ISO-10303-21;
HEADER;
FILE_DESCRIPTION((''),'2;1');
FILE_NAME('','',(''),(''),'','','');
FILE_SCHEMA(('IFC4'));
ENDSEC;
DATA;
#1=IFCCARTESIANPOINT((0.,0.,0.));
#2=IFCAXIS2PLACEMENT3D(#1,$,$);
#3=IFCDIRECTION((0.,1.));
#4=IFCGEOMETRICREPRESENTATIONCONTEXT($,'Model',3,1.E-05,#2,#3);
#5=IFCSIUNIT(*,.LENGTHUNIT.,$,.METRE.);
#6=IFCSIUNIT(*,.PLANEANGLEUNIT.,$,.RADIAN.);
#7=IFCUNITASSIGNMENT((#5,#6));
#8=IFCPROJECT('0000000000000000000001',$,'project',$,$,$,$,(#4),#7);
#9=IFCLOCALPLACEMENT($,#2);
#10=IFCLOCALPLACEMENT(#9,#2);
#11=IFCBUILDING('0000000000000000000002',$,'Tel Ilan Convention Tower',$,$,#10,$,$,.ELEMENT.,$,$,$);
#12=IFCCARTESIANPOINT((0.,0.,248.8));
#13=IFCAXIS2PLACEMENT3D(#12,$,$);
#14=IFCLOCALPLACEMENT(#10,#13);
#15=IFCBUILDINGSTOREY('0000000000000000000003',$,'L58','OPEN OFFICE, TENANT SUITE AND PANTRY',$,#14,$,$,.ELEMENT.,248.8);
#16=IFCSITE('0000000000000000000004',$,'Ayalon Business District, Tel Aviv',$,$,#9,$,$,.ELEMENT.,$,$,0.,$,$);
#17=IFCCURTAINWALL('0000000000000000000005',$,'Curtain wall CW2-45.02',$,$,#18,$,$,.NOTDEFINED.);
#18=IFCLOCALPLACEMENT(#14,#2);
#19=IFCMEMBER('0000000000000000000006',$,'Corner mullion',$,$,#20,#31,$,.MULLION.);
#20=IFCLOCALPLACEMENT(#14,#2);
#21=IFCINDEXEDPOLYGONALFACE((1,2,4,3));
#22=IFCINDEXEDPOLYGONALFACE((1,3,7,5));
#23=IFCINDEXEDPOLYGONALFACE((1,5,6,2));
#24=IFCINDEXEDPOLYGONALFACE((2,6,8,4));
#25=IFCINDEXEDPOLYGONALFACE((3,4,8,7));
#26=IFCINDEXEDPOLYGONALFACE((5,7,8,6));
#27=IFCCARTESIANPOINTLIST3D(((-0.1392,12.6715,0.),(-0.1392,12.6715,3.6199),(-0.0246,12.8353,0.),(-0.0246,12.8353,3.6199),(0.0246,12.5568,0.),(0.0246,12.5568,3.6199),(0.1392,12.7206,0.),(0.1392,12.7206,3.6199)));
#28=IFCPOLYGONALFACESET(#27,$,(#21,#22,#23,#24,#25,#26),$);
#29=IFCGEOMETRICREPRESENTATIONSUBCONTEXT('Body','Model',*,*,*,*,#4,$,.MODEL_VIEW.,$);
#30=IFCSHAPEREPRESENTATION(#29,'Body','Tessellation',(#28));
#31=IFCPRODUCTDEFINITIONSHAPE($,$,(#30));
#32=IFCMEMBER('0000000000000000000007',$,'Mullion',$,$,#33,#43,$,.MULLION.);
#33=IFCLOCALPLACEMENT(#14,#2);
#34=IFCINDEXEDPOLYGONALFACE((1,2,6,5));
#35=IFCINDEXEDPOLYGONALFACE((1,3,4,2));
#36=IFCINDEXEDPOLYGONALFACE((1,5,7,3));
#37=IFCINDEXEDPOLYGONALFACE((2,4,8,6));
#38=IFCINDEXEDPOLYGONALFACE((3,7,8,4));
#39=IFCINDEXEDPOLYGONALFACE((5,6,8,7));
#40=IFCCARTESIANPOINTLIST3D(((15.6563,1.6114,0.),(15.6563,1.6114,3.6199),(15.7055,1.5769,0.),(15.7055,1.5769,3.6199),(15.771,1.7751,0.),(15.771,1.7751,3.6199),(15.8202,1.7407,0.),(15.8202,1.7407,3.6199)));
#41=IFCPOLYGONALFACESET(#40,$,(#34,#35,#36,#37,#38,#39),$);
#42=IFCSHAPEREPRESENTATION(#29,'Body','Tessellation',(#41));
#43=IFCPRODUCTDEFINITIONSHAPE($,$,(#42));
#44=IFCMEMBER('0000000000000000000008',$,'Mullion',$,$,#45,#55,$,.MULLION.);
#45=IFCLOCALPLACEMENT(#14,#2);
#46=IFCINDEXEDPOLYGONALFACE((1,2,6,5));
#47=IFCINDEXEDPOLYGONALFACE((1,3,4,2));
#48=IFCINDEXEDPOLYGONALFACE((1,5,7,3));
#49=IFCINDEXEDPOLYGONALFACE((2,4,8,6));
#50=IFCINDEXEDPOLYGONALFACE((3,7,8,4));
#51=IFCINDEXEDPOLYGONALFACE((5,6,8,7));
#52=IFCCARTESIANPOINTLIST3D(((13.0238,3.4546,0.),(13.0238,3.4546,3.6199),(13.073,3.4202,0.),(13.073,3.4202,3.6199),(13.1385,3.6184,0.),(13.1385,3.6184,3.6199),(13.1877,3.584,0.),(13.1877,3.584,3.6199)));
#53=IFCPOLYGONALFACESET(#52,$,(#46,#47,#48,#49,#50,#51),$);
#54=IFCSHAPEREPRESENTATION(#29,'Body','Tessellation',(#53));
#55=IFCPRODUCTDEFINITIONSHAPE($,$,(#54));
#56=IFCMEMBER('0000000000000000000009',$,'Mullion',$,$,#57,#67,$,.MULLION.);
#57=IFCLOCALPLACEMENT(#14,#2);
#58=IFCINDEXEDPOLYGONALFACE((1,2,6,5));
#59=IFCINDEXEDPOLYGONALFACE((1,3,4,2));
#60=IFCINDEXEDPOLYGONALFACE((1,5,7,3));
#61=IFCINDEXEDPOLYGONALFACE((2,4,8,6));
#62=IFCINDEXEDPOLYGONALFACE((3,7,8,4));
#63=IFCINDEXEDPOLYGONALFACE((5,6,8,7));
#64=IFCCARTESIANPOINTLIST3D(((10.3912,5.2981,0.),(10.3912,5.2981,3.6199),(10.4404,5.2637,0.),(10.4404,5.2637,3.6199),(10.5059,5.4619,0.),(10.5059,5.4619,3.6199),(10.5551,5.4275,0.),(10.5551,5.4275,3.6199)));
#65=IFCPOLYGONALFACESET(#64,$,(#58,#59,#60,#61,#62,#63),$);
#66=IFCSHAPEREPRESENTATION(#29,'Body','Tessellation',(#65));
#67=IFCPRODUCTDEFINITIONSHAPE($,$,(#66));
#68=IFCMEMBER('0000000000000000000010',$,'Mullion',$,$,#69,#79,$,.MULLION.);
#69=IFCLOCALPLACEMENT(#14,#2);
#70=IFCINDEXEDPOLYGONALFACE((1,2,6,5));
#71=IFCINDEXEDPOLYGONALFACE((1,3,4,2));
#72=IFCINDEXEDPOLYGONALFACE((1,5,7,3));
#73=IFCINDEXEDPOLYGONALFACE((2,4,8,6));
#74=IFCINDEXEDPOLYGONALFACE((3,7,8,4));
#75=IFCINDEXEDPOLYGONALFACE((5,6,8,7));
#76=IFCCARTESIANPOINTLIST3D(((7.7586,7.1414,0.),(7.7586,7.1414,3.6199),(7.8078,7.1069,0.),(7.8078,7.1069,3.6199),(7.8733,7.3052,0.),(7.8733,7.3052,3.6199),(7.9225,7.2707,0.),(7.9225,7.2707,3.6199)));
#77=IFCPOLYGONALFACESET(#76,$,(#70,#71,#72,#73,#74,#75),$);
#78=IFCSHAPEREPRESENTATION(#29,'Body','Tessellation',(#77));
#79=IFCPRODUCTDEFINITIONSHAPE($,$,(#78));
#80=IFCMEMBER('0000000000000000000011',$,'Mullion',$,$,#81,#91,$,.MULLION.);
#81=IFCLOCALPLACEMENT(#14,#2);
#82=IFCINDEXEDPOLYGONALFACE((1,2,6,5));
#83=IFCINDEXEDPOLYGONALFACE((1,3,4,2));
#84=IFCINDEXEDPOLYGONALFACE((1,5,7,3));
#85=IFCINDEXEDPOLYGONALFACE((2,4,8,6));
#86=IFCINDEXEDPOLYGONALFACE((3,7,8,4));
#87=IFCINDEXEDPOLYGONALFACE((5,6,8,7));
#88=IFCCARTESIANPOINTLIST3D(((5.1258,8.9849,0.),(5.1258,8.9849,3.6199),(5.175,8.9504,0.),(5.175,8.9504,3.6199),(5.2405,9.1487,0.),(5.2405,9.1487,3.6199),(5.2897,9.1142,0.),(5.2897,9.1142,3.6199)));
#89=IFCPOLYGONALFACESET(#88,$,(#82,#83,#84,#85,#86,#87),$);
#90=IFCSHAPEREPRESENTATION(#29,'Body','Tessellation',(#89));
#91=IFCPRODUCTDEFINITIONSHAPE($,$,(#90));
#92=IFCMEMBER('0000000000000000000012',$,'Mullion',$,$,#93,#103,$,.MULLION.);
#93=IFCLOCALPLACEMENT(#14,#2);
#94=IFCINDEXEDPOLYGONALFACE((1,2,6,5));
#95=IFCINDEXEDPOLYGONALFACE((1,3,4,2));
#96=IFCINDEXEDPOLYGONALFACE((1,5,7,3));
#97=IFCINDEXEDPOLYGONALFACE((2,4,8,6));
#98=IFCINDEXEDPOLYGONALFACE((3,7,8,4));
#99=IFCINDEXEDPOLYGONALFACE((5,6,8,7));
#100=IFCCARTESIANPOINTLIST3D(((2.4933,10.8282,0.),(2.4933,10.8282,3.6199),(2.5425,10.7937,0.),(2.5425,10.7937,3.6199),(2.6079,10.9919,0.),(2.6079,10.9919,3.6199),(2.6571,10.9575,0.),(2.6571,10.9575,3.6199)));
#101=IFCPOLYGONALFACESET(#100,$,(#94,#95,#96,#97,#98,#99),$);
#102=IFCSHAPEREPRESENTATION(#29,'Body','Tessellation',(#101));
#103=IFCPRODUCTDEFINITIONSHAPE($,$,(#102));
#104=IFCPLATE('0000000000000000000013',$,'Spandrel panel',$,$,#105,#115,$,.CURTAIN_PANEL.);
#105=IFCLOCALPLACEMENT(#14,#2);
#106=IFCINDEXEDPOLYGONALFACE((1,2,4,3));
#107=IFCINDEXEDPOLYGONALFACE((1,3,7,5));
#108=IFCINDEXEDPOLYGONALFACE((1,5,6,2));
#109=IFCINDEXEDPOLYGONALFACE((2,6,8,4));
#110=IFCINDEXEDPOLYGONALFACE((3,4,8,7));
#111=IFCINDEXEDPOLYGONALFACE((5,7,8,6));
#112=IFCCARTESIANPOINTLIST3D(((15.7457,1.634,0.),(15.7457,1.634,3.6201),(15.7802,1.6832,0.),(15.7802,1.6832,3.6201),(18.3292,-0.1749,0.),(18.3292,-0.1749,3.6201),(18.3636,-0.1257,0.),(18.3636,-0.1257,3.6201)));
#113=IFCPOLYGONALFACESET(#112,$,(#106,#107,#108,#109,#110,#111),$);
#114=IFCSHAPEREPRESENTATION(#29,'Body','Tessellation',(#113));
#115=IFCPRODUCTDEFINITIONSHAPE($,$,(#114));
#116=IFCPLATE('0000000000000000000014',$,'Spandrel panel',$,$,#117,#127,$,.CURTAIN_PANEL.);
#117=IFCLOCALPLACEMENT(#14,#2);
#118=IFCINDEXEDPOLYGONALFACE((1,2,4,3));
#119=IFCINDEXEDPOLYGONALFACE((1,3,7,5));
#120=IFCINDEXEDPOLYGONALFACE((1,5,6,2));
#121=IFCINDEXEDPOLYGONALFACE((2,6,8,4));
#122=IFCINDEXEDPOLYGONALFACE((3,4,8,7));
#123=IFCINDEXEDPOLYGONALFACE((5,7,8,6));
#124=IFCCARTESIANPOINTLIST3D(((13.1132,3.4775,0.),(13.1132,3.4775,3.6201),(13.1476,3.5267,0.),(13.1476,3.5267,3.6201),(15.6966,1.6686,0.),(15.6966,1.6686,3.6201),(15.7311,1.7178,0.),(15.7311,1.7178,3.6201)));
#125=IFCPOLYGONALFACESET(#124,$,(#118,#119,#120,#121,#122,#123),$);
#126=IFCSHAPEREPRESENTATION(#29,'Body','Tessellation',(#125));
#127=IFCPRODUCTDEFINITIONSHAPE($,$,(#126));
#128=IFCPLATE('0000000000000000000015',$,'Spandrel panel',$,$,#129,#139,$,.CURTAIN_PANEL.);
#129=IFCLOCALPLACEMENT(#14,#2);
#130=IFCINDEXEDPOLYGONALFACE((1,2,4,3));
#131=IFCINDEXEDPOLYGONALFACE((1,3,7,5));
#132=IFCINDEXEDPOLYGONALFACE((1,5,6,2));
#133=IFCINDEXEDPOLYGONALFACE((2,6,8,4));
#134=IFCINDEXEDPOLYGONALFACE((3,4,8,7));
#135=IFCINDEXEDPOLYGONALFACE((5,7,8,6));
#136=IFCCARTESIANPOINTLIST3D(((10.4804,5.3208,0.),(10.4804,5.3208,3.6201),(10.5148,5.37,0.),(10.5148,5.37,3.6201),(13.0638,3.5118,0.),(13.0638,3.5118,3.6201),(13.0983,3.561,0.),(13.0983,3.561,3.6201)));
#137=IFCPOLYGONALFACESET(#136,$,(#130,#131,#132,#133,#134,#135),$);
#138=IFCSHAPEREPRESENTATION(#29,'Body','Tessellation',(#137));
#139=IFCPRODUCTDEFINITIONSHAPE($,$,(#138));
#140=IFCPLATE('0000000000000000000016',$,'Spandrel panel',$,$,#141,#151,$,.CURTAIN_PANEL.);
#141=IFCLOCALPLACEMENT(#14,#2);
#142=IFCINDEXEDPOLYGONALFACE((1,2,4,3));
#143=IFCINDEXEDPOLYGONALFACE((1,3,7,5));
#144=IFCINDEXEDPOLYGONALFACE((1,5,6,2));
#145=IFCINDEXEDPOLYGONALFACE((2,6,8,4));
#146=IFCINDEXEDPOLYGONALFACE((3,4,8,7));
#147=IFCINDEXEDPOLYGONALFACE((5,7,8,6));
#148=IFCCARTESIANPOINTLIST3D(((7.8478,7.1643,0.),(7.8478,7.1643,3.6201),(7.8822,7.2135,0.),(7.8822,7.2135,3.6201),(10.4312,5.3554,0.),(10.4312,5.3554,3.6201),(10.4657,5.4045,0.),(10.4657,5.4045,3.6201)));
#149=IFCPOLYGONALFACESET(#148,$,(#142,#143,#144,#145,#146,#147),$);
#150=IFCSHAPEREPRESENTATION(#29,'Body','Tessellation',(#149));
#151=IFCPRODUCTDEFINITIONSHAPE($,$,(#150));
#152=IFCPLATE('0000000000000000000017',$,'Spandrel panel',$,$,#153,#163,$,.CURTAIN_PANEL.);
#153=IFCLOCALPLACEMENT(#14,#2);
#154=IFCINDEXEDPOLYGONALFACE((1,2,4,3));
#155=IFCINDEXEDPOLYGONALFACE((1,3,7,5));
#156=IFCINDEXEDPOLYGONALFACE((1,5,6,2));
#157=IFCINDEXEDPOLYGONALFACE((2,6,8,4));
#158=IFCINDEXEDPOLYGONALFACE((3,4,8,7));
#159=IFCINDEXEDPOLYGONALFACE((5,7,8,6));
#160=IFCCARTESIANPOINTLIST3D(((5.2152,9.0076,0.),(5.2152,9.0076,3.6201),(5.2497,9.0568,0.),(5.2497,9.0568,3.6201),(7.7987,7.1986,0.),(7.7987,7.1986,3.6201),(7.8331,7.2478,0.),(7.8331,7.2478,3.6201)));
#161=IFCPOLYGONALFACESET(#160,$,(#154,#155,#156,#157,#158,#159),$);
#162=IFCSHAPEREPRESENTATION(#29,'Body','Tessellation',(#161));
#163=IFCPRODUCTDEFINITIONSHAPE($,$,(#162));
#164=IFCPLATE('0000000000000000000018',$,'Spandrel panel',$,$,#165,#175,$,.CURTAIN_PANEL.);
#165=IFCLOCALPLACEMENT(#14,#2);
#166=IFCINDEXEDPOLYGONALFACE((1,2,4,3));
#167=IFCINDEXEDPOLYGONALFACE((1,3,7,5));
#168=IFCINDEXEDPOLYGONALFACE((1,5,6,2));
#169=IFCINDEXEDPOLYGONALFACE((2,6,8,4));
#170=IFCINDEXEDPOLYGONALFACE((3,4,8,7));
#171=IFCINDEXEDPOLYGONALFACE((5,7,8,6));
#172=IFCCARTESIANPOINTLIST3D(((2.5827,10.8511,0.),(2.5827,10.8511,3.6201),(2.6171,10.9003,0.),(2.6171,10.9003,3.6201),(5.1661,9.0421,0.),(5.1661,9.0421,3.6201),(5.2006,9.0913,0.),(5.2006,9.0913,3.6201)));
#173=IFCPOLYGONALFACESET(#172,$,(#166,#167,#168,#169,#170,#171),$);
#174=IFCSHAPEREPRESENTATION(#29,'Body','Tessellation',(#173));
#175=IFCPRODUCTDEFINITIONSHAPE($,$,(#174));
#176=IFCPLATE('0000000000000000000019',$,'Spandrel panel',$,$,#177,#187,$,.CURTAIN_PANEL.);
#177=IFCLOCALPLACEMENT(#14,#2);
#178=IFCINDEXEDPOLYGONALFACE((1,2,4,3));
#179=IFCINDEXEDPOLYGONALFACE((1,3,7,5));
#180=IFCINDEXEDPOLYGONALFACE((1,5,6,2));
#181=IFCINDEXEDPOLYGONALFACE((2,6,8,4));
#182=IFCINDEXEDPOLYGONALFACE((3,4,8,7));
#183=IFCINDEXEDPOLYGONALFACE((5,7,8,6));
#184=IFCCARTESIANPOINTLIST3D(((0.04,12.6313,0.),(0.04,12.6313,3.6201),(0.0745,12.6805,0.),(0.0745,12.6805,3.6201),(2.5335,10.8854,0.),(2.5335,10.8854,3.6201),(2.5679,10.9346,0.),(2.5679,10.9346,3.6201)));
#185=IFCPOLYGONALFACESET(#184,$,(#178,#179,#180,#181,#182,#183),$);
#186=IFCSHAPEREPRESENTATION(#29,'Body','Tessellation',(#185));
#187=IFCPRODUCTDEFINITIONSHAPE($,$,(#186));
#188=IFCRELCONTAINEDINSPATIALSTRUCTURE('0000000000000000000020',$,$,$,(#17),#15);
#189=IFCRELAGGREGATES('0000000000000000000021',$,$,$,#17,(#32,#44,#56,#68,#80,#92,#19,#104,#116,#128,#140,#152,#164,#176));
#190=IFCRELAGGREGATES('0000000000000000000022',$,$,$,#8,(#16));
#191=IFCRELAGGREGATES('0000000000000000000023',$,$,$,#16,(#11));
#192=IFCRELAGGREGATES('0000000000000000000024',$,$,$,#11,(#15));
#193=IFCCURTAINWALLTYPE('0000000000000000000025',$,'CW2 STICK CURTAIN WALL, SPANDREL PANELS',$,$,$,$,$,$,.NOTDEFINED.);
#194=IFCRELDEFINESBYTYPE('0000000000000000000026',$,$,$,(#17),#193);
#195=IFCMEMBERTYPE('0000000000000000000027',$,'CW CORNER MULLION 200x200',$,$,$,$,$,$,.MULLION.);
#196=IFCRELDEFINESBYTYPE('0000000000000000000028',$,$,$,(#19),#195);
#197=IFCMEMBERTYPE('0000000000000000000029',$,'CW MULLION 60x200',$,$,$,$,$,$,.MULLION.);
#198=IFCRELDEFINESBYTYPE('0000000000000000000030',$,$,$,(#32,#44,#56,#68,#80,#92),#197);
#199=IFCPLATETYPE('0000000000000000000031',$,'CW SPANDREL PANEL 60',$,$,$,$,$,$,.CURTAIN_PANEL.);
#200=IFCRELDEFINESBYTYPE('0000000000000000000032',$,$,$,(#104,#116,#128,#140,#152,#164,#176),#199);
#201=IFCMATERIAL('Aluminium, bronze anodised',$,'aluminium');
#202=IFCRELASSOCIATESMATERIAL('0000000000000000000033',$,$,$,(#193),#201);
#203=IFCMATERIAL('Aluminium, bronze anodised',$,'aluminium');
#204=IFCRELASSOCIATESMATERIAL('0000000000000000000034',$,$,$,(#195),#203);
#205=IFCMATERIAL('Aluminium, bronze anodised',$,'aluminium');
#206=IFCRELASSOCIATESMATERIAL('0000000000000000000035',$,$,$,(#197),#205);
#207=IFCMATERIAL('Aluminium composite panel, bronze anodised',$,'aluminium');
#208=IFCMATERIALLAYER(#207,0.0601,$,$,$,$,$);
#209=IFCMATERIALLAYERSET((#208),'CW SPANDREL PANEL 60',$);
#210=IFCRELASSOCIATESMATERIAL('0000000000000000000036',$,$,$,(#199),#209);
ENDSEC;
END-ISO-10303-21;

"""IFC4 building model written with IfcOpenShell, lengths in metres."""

from ifc_helpers import new_model, si_unit, direction, frame, origin, origin_2d, place, context, subcontext, project, spatial, rectangle, extrude, material, layer, layer_set, material_profile, profile_set, type_object, element, aggregate, save


model = new_model("IFC4")

# Units and contexts
model_context = context("Model", 3, precision=1e-05, world=origin(), true_north=direction((0.0, 1.0)))
body_context = subcontext(model_context, "Body", "Model", "MODEL_VIEW")
ifc_project = project(units=[si_unit("LENGTHUNIT", "METRE"), si_unit("PLANEANGLEUNIT", "RADIAN")], contexts=[model_context])

# Site, building, storey
site_placement = place(None, origin())
site = spatial("IfcSite", under=ifc_project, at=site_placement, Name="Ayalon Business District, Tel Aviv", CompositionType="ELEMENT", RefElevation=0.0)
building_placement = place(site_placement, origin())
building = spatial("IfcBuilding", under=site, at=building_placement, Name="Tel Ilan Convention Tower", CompositionType="ELEMENT")
storey_placement = place(building_placement, frame((0.0, 0.0, 248.8)))
storey = spatial("IfcBuildingStorey", under=building, at=storey_placement, Name="L58", Description="OPEN OFFICE, TENANT SUITE AND PANTRY", CompositionType="ELEMENT", Elevation=248.8)

# Curtain wall, members, plates
ifc_material_1 = material(Name="Aluminium, bronze anodised", Category="aluminium")
curtain_wall_type = type_object("IfcCurtainWallType", Name="CW2 STICK CURTAIN WALL, SPANDREL PANELS", PredefinedType="NOTDEFINED", material=ifc_material_1)
curtain_wall_placement = place(storey_placement, origin())
curtain_wall = element("IfcCurtainWall", 1, at=curtain_wall_placement, inside=storey, type_object=curtain_wall_type, Name="Curtain wall CW2-45.02", PredefinedType="NOTDEFINED")
ifc_material_2 = material(Name="Aluminium, bronze anodised", Category="aluminium")
ifc_material_profile_1 = material_profile(ifc_material_2, rectangle(XDim=0.2, YDim=0.2, at=origin_2d()), Name="CW CORNER MULLION 200x200")
ifc_profile_set_1 = profile_set([ifc_material_profile_1], Name="Aluminium, bronze anodised")
member_type_1 = type_object("IfcMemberType", Name="CW CORNER MULLION 200x200", PredefinedType="MULLION", material=ifc_profile_set_1)
member_1_placement = place(storey_placement, frame((0.0, 12.696, 0.0), z_axis=(0.0, 0.0, 1.0), x_axis=(-0.819152, 0.573576, 0.0)))
member_1 = element("IfcMember", 2, at=member_1_placement, type_object=member_type_1, Name="Corner mullion", PredefinedType="MULLION", context=body_context, shape_type="SweptSolid", body=[
    extrude(rectangle(XDim=0.2, YDim=0.2, at=origin_2d()), origin(), (0.0, 0.0, 1.0), 3.6199),
])
ifc_material_3 = material(Name="Aluminium, bronze anodised", Category="aluminium")
ifc_material_profile_2 = material_profile(ifc_material_3, rectangle(XDim=0.0601, YDim=0.2, at=origin_2d()), Name="CW MULLION 60x200")
ifc_profile_set_2 = profile_set([ifc_material_profile_2], Name="Aluminium, bronze anodised")
member_type_2 = type_object("IfcMemberType", Name="CW MULLION 60x200", PredefinedType="MULLION", material=ifc_profile_set_2)
member_2_placement = place(storey_placement, frame((15.7383, 1.676, 0.0), z_axis=(0.0, 0.0, 1.0), x_axis=(-0.819152, 0.573576, 0.0)))
member_2 = element("IfcMember", 3, at=member_2_placement, type_object=member_type_2, Name="Mullion", PredefinedType="MULLION", context=body_context, shape_type="SweptSolid", body=[
    extrude(rectangle(XDim=0.0601, YDim=0.2, at=origin_2d()), origin(), (0.0, 0.0, 1.0), 3.6199),
])
member_3_placement = place(storey_placement, frame((13.1057, 3.5193, 0.0), z_axis=(0.0, 0.0, 1.0), x_axis=(-0.819152, 0.573576, 0.0)))
member_3 = element("IfcMember", 4, at=member_3_placement, type_object=member_type_2, Name="Mullion", PredefinedType="MULLION", context=body_context, shape_type="SweptSolid", body=[
    extrude(rectangle(XDim=0.0601, YDim=0.2, at=origin_2d()), origin(), (0.0, 0.0, 1.0), 3.6199),
])
member_4_placement = place(storey_placement, frame((10.4731, 5.3628, 0.0), z_axis=(0.0, 0.0, 1.0), x_axis=(-0.819152, 0.573576, 0.0)))
member_4 = element("IfcMember", 5, at=member_4_placement, type_object=member_type_2, Name="Mullion", PredefinedType="MULLION", context=body_context, shape_type="SweptSolid", body=[
    extrude(rectangle(XDim=0.0601, YDim=0.2, at=origin_2d()), origin(), (0.0, 0.0, 1.0), 3.6199),
])
member_5_placement = place(storey_placement, frame((7.8406, 7.2061, 0.0), z_axis=(0.0, 0.0, 1.0), x_axis=(-0.819152, 0.573576, 0.0)))
member_5 = element("IfcMember", 6, at=member_5_placement, type_object=member_type_2, Name="Mullion", PredefinedType="MULLION", context=body_context, shape_type="SweptSolid", body=[
    extrude(rectangle(XDim=0.0601, YDim=0.2, at=origin_2d()), origin(), (0.0, 0.0, 1.0), 3.6199),
])
member_6_placement = place(storey_placement, frame((5.2078, 9.0496, 0.0), z_axis=(0.0, 0.0, 1.0), x_axis=(-0.819152, 0.573576, 0.0)))
member_6 = element("IfcMember", 7, at=member_6_placement, type_object=member_type_2, Name="Mullion", PredefinedType="MULLION", context=body_context, shape_type="SweptSolid", body=[
    extrude(rectangle(XDim=0.0601, YDim=0.2, at=origin_2d()), origin(), (0.0, 0.0, 1.0), 3.6199),
])
member_7_placement = place(storey_placement, frame((2.5752, 10.8928, 0.0), z_axis=(0.0, 0.0, 1.0), x_axis=(-0.819152, 0.573576, 0.0)))
member_7 = element("IfcMember", 8, at=member_7_placement, type_object=member_type_2, Name="Mullion", PredefinedType="MULLION", context=body_context, shape_type="SweptSolid", body=[
    extrude(rectangle(XDim=0.0601, YDim=0.2, at=origin_2d()), origin(), (0.0, 0.0, 1.0), 3.6199),
])
ifc_material_4 = material(Name="Aluminium composite panel, bronze anodised", Category="aluminium")
ifc_layer_1 = layer(ifc_material_4, 0.0601)
ifc_layer_set_1 = layer_set([ifc_layer_1], Name="CW SPANDREL PANEL 60")
plate_type = type_object("IfcPlateType", Name="CW SPANDREL PANEL 60", PredefinedType="CURTAIN_PANEL", material=ifc_layer_set_1)
plate_1_placement = place(storey_placement, frame((17.0547, 0.7542, 0.0), z_axis=(0.0, 0.0, 1.0), x_axis=(-0.819152, 0.573576, 0.0)))
plate_1 = element("IfcPlate", 9, at=plate_1_placement, type_object=plate_type, Name="Spandrel panel", PredefinedType="CURTAIN_PANEL", context=body_context, shape_type="SweptSolid", body=[
    extrude(rectangle(XDim=3.1538, YDim=0.0601, at=origin_2d()), origin(), (0.0, 0.0, 1.0), 3.6201),
])
plate_2_placement = place(storey_placement, frame((14.4221, 2.5977, 0.0), z_axis=(0.0, 0.0, 1.0), x_axis=(-0.819152, 0.573576, 0.0)))
plate_2 = element("IfcPlate", 10, at=plate_2_placement, type_object=plate_type, Name="Spandrel panel", PredefinedType="CURTAIN_PANEL", context=body_context, shape_type="SweptSolid", body=[
    extrude(rectangle(XDim=3.1538, YDim=0.0601, at=origin_2d()), origin(), (0.0, 0.0, 1.0), 3.6201),
])
plate_3_placement = place(storey_placement, frame((11.7893, 4.4409, 0.0), z_axis=(0.0, 0.0, 1.0), x_axis=(-0.819152, 0.573576, 0.0)))
plate_3 = element("IfcPlate", 11, at=plate_3_placement, type_object=plate_type, Name="Spandrel panel", PredefinedType="CURTAIN_PANEL", context=body_context, shape_type="SweptSolid", body=[
    extrude(rectangle(XDim=3.1538, YDim=0.0601, at=origin_2d()), origin(), (0.0, 0.0, 1.0), 3.6201),
])
plate_4_placement = place(storey_placement, frame((9.1567, 6.2844, 0.0), z_axis=(0.0, 0.0, 1.0), x_axis=(-0.819152, 0.573576, 0.0)))
plate_4 = element("IfcPlate", 12, at=plate_4_placement, type_object=plate_type, Name="Spandrel panel", PredefinedType="CURTAIN_PANEL", context=body_context, shape_type="SweptSolid", body=[
    extrude(rectangle(XDim=3.1538, YDim=0.0601, at=origin_2d()), origin(), (0.0, 0.0, 1.0), 3.6201),
])
plate_5_placement = place(storey_placement, frame((6.5242, 8.1277, 0.0), z_axis=(0.0, 0.0, 1.0), x_axis=(-0.819152, 0.573576, 0.0)))
plate_5 = element("IfcPlate", 13, at=plate_5_placement, type_object=plate_type, Name="Spandrel panel", PredefinedType="CURTAIN_PANEL", context=body_context, shape_type="SweptSolid", body=[
    extrude(rectangle(XDim=3.1538, YDim=0.0601, at=origin_2d()), origin(), (0.0, 0.0, 1.0), 3.6201),
])
plate_6_placement = place(storey_placement, frame((3.8916, 9.9712, 0.0), z_axis=(0.0, 0.0, 1.0), x_axis=(-0.819152, 0.573576, 0.0)))
plate_6 = element("IfcPlate", 14, at=plate_6_placement, type_object=plate_type, Name="Spandrel panel", PredefinedType="CURTAIN_PANEL", context=body_context, shape_type="SweptSolid", body=[
    extrude(rectangle(XDim=3.1538, YDim=0.0601, at=origin_2d()), origin(), (0.0, 0.0, 1.0), 3.6201),
])
plate_7_placement = place(storey_placement, frame((1.304, 11.783, 0.0), z_axis=(0.0, 0.0, 1.0), x_axis=(-0.819152, 0.573576, 0.0)))
plate_7 = element("IfcPlate", 15, at=plate_7_placement, type_object=plate_type, Name="Spandrel panel", PredefinedType="CURTAIN_PANEL", context=body_context, shape_type="SweptSolid", body=[
    extrude(rectangle(XDim=3.0439, YDim=0.0601, at=origin_2d()), origin(), (0.0, 0.0, 1.0), 3.6201),
])
aggregate(curtain_wall, [member_2, member_3, member_4, member_5, member_6, member_7, member_1, plate_1, plate_2, plate_3, plate_4, plate_5, plate_6, plate_7])

save(model, "model.ifc")
